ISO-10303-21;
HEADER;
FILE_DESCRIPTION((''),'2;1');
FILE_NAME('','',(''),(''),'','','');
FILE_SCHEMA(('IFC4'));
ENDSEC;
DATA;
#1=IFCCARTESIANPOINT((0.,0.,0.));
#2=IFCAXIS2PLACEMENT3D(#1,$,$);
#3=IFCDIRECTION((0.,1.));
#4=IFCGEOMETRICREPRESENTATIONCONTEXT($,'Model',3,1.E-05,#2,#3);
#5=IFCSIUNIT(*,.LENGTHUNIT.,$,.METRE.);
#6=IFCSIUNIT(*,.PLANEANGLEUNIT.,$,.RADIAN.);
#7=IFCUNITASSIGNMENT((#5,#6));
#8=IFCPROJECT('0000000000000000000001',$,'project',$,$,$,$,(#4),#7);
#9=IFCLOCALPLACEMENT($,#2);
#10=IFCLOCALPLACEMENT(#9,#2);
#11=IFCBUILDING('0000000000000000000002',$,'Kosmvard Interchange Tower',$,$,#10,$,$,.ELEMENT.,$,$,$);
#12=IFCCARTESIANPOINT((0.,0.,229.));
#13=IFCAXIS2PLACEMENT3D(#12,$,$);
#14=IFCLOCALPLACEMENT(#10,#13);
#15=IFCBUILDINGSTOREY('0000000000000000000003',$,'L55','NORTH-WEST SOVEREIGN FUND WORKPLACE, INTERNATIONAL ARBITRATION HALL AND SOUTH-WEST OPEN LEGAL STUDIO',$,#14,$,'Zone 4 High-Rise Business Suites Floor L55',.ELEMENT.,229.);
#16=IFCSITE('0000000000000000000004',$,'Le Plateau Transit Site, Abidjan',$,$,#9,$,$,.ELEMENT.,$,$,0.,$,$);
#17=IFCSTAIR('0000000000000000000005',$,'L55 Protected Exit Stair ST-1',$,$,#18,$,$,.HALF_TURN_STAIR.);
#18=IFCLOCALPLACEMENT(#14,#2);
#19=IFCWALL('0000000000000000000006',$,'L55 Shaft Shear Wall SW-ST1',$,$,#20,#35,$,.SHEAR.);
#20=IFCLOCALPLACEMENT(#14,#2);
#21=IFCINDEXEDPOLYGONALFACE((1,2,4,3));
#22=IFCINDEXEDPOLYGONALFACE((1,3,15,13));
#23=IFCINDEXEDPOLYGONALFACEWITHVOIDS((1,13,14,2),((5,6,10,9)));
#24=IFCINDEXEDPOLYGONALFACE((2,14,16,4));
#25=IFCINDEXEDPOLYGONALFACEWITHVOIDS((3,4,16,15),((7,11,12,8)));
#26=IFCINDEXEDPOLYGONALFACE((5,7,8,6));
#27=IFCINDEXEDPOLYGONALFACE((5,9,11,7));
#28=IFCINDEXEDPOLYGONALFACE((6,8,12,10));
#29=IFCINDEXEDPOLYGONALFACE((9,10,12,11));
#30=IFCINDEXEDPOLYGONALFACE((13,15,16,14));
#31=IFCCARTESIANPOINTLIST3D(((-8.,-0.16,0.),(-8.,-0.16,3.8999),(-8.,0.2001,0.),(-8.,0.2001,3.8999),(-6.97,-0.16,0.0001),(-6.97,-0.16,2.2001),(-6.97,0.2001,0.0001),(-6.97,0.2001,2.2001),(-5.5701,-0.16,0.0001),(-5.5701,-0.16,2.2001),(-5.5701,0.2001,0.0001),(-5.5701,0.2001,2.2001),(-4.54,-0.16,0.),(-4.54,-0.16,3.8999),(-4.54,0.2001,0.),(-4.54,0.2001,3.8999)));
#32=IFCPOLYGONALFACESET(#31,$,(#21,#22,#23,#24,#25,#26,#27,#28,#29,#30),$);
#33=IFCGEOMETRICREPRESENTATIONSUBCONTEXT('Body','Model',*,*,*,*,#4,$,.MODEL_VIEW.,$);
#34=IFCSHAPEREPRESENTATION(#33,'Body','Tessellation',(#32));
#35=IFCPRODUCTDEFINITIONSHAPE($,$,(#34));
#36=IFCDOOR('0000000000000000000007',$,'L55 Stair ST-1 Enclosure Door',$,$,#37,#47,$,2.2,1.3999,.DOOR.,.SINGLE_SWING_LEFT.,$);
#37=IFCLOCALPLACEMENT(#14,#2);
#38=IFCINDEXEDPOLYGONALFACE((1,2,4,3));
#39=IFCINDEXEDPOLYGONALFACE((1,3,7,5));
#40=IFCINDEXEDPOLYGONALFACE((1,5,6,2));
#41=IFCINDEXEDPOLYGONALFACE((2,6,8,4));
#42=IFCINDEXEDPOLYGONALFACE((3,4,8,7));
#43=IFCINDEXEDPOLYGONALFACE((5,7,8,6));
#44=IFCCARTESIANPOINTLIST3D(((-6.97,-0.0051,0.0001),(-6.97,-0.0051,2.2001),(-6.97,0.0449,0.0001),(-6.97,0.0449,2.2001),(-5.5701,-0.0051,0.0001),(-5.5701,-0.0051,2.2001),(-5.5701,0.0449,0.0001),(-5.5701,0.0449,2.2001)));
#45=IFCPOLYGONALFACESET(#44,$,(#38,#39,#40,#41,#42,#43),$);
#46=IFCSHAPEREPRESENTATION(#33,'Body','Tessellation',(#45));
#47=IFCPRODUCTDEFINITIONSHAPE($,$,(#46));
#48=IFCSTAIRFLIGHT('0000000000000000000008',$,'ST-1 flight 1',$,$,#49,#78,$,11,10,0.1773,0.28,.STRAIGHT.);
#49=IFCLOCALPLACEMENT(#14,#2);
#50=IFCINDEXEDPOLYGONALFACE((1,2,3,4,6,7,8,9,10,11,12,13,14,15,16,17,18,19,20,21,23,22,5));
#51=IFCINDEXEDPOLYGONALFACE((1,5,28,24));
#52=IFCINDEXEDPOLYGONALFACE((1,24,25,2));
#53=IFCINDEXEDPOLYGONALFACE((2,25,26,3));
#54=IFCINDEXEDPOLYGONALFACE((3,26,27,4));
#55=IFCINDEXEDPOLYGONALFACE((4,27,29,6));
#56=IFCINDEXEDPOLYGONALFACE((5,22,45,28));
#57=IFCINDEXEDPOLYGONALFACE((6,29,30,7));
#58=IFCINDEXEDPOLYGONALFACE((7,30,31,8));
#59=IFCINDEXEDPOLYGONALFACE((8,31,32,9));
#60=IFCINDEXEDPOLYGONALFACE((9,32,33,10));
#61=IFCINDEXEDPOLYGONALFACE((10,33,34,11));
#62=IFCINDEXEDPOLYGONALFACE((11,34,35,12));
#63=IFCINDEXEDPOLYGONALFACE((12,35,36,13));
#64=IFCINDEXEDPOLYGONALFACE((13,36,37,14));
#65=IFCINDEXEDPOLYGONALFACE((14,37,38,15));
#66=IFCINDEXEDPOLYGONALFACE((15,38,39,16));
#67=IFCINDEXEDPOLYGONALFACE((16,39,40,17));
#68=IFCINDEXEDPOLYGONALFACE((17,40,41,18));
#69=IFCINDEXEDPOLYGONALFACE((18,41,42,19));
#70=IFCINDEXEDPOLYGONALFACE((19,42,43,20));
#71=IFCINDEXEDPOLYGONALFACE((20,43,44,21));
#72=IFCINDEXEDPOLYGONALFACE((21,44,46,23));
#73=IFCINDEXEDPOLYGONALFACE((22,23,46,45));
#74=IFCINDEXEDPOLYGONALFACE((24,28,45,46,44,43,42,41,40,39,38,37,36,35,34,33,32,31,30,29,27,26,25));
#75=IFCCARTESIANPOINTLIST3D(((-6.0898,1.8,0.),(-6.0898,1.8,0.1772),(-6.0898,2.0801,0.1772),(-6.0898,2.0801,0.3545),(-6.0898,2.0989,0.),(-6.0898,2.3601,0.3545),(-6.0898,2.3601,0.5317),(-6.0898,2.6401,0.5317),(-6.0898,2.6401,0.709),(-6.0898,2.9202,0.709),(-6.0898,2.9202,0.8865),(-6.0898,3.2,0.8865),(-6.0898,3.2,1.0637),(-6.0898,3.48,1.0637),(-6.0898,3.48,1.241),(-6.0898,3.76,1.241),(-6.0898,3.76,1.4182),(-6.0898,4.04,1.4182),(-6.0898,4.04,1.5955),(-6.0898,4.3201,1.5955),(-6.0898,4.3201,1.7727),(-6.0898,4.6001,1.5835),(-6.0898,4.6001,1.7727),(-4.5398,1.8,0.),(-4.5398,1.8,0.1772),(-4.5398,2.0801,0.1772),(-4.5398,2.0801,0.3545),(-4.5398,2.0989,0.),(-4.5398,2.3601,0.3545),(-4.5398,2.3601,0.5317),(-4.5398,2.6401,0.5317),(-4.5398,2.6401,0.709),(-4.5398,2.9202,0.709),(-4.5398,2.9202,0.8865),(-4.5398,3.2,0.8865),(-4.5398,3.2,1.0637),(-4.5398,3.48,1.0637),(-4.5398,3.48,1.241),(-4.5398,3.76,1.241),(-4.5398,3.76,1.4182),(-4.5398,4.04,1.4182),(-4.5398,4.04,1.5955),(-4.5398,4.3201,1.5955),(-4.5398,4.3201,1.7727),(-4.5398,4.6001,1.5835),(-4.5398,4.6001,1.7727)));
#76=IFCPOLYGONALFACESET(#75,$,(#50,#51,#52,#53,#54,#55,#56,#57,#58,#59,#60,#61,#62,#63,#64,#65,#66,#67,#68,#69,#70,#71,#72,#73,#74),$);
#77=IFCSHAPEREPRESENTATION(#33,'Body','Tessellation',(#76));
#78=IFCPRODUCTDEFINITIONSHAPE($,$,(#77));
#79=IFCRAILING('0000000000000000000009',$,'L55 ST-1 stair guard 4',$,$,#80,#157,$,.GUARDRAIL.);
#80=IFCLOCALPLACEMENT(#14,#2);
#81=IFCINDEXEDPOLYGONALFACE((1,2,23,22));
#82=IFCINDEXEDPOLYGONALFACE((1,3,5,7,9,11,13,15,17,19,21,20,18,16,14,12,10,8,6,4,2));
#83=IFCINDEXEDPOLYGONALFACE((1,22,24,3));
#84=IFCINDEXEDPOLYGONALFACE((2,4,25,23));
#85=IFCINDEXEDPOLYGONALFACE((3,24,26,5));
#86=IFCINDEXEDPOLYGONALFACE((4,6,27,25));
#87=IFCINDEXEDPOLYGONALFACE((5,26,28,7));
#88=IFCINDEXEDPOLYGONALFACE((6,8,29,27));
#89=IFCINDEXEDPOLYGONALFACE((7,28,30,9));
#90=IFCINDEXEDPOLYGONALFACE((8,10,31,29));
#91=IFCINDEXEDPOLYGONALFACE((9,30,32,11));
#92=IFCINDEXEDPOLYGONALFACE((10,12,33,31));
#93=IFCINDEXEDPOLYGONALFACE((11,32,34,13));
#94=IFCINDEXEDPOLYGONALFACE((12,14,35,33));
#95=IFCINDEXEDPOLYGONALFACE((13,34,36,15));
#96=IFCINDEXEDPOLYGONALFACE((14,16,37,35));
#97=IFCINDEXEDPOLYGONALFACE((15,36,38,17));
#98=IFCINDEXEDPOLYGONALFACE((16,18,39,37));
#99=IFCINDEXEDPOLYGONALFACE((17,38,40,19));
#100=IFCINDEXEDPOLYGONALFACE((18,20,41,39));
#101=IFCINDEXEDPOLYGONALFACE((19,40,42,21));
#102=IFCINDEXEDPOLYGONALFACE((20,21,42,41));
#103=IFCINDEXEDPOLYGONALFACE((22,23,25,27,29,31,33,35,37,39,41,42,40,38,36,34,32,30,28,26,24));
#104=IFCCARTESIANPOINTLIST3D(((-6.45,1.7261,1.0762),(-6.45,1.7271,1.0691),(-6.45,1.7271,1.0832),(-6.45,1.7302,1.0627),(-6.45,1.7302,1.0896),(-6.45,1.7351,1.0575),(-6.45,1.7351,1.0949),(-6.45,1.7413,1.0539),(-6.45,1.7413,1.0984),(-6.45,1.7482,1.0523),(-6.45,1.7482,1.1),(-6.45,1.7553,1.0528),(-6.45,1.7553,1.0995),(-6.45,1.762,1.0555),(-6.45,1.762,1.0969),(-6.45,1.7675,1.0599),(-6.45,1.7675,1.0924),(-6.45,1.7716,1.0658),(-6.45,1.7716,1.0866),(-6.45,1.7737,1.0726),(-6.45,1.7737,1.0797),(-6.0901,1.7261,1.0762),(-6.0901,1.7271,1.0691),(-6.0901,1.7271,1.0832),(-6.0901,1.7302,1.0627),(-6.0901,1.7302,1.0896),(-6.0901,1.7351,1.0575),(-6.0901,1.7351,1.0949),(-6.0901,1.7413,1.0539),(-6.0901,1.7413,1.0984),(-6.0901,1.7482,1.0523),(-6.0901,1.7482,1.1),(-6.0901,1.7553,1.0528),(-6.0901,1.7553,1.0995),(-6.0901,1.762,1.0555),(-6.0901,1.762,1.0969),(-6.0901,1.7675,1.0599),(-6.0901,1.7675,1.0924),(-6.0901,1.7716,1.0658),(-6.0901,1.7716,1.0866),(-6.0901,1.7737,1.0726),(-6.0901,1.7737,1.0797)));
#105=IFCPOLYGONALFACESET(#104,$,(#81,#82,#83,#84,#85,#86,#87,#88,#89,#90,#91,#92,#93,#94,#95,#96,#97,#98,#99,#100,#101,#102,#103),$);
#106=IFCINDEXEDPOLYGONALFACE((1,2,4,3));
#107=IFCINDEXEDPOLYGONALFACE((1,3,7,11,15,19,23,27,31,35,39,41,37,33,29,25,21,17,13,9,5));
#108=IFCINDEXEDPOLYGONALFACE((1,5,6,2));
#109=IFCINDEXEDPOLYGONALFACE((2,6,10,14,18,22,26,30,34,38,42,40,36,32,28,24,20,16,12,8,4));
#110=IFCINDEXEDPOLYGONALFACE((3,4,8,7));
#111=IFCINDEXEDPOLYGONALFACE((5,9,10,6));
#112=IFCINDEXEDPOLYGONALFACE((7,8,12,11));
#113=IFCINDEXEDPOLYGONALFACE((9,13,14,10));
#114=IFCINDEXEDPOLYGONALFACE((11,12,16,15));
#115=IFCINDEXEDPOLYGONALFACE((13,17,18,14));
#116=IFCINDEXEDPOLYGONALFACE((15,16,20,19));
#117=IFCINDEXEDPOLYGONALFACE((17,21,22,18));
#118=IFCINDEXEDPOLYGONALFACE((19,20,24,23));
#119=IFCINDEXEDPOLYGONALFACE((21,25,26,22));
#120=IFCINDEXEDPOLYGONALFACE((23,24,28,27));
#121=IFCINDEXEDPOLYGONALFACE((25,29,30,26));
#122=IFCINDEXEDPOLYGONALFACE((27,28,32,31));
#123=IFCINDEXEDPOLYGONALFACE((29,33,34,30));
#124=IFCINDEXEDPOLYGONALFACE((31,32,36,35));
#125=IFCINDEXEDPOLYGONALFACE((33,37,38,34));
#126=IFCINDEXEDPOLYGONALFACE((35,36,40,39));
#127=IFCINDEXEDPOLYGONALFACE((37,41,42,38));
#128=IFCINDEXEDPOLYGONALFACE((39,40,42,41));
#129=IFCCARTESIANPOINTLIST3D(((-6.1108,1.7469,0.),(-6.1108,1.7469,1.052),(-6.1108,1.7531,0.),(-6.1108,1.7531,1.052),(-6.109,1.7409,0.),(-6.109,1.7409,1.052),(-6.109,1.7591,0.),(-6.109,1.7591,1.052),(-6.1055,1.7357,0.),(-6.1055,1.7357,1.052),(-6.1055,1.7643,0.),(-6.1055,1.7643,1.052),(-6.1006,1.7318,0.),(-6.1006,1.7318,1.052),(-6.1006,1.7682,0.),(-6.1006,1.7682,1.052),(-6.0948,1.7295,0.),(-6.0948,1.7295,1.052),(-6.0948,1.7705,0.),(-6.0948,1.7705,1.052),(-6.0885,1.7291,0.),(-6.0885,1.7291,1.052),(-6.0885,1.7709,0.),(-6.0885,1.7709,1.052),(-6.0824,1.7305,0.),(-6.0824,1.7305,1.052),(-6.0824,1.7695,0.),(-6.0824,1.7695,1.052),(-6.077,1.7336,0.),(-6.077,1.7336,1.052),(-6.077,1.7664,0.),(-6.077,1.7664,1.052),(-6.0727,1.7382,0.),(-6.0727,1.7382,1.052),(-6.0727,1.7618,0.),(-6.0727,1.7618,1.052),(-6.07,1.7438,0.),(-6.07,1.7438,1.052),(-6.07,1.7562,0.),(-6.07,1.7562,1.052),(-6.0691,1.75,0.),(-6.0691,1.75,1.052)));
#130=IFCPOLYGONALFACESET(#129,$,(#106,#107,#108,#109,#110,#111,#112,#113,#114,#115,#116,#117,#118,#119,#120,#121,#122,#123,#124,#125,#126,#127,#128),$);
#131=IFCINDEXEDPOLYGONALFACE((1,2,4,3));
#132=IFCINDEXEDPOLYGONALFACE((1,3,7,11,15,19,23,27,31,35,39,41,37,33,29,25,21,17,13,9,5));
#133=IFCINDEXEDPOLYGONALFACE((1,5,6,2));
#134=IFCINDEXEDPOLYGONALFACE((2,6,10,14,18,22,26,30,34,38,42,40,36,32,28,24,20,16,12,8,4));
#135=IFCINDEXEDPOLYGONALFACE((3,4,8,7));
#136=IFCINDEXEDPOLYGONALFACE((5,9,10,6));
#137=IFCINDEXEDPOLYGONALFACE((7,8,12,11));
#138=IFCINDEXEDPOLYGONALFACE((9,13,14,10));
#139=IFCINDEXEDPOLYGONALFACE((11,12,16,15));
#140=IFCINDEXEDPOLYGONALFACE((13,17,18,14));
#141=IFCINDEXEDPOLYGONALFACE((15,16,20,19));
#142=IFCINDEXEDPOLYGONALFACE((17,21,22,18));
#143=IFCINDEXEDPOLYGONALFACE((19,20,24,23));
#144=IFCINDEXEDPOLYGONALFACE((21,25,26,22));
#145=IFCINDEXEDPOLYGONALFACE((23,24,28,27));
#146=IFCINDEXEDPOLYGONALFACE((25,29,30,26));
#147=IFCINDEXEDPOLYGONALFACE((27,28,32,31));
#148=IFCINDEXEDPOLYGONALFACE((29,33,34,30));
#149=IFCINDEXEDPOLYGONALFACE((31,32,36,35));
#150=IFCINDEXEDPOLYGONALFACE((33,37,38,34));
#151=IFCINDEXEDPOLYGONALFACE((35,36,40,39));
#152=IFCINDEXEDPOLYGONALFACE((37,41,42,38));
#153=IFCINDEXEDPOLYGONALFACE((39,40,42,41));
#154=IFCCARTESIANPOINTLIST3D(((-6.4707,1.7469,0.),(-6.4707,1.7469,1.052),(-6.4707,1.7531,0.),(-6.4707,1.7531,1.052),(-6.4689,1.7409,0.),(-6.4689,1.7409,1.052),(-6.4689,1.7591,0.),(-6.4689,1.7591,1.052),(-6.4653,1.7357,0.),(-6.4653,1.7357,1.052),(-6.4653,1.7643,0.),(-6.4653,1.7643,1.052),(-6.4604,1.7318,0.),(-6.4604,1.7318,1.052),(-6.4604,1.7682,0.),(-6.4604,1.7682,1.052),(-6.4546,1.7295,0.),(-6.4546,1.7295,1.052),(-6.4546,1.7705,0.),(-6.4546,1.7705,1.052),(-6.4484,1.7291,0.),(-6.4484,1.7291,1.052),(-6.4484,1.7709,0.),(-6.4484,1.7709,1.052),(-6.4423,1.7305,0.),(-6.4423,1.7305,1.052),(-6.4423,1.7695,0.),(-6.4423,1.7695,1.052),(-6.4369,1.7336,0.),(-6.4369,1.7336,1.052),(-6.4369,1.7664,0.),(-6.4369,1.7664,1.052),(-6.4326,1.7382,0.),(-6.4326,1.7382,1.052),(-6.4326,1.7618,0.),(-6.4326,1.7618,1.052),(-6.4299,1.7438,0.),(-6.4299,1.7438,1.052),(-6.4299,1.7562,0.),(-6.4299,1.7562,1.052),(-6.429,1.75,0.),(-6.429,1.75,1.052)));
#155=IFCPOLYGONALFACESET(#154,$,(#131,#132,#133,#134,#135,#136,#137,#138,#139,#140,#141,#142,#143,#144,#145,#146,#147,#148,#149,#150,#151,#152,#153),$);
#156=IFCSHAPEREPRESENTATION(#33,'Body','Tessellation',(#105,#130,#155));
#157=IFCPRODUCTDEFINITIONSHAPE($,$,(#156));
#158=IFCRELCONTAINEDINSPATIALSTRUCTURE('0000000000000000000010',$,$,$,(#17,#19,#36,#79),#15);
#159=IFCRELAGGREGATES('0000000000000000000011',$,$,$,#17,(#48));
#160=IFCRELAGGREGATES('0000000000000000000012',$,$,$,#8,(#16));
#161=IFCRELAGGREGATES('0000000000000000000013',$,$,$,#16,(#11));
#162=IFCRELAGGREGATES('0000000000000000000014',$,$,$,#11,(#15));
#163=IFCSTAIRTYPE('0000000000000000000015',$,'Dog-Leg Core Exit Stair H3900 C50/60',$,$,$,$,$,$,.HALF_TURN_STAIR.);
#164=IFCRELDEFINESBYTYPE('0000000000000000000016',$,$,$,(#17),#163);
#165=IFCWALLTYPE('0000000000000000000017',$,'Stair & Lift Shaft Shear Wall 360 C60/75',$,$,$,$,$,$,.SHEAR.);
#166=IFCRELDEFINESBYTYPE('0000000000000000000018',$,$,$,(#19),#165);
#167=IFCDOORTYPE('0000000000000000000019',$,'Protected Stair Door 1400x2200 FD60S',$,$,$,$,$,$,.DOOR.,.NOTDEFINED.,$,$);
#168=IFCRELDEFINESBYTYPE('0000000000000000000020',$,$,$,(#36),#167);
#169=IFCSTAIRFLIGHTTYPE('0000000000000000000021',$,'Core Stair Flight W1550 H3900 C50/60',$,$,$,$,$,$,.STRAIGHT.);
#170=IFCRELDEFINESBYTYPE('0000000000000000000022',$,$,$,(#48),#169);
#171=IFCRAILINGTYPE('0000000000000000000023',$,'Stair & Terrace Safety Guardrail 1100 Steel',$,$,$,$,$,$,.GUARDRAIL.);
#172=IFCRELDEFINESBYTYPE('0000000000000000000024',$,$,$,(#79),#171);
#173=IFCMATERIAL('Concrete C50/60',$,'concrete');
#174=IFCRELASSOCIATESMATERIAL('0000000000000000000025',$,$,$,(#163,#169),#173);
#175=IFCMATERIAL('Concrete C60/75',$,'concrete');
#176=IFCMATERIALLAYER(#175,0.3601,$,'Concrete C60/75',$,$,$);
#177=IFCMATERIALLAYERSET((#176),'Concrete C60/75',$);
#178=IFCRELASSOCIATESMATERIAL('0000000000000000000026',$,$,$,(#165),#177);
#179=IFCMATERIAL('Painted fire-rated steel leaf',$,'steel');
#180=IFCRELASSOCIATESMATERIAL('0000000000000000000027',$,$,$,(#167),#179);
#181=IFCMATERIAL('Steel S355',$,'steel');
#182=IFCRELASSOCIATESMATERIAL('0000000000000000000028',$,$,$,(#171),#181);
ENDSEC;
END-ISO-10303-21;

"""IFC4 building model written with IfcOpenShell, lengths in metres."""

from ifc_helpers import new_model, si_unit, direction, frame, frame_2d, origin, origin_2d, place, context, subcontext, project, spatial, polyline, rectangle, circle, outline, extrude, source, transform, mapped, material, layer, layer_set, type_object, element, fill, aggregate, save


model = new_model("IFC4")

# Units and contexts
model_context = context("Model", 3, precision=1e-05, world=origin(), true_north=direction((0.0, 1.0)))
body_context = subcontext(model_context, "Body", "Model", "MODEL_VIEW")
ifc_project = project(units=[si_unit("LENGTHUNIT", "METRE"), si_unit("PLANEANGLEUNIT", "RADIAN")], contexts=[model_context])

# Site, building, storey
site_placement = place(None, origin())
site = spatial("IfcSite", under=ifc_project, at=site_placement, Name="Le Plateau Transit Site, Abidjan", CompositionType="ELEMENT", RefElevation=0.0)
building_placement = place(site_placement, origin())
building = spatial("IfcBuilding", under=site, at=building_placement, Name="Kosmvard Interchange Tower", CompositionType="ELEMENT")
storey_placement = place(building_placement, frame((0.0, 0.0, 229.0)))
storey = spatial("IfcBuildingStorey", under=building, at=storey_placement, Name="L55", Description="NORTH-WEST SOVEREIGN FUND WORKPLACE, INTERNATIONAL ARBITRATION HALL AND SOUTH-WEST OPEN LEGAL STUDIO", LongName="Zone 4 High-Rise Business Suites Floor L55", CompositionType="ELEMENT", Elevation=229.0)

# Shared definitions
ifc_material_1 = material(Name="Concrete C50/60", Category="concrete")

# Stair
stair_type = type_object("IfcStairType", Name="Dog-Leg Core Exit Stair H3900 C50/60", PredefinedType="HALF_TURN_STAIR", material=ifc_material_1)
stair_placement = place(storey_placement, origin())
stair = element("IfcStair", 1, at=stair_placement, inside=storey, type_object=stair_type, Name="L55 Protected Exit Stair ST-1", PredefinedType="HALF_TURN_STAIR")

# Wall, opening, door
ifc_material_2 = material(Name="Concrete C60/75", Category="concrete")
ifc_layer_1 = layer(ifc_material_2, 0.3601, Name="Concrete C60/75")
ifc_layer_set_1 = layer_set([ifc_layer_1], Name="Concrete C60/75")
wall_type_1 = type_object("IfcWallType", Name="Stair & Lift Shaft Shear Wall 360 C60/75", PredefinedType="SHEAR", material=ifc_layer_set_1)
wall_1_placement = place(storey_placement, frame((-8.0, 0.02, 0.0), z_axis=(0.0, 0.0, 1.0), x_axis=(1.0, 0.0, 0.0)))
wall_1 = element("IfcWall", 2, at=wall_1_placement, inside=storey, type_object=wall_type_1, Name="L55 Shaft Shear Wall SW-ST1", PredefinedType="SHEAR", context=body_context, shape_type="SweptSolid", body=[
    extrude(rectangle(XDim=3.46, YDim=0.3601, at=frame_2d((1.73, 0.0))), origin(), (0.0, 0.0, 1.0), 3.8999),
])
opening_placement = place(wall_1_placement, frame((1.03, 0.0, 0.0)))
opening = element("IfcOpeningElement", 3, at=opening_placement, cuts=wall_1, PredefinedType="OPENING", context=body_context, shape_type="SweptSolid", body=[
    extrude(rectangle(XDim=1.3999, YDim=2.2, at=frame_2d((0.7, 1.1001))), frame((0.0, 0.1899, 0.0), z_axis=(0.0, -1.0, 0.0), x_axis=(1.0, 0.0, 0.0)), (0.0, 0.0, 1.0), 0.3801),
])
ifc_material_3 = material(Name="Painted fire-rated steel leaf", Category="steel")
door_type = type_object("IfcDoorType", Name="Protected Stair Door 1400x2200 FD60S", OperationType="NOTDEFINED", PredefinedType="DOOR", material=ifc_material_3)
shared_shape_1 = source(origin(), body_context, "Body", "SweptSolid", [
    extrude(rectangle(XDim=1.3999, YDim=2.2, at=frame_2d((0.7, 1.1001))), frame((0.0, 0.0249, 0.0), z_axis=(0.0, -1.0, 0.0), x_axis=(1.0, 0.0, 0.0)), (0.0, 0.0, 1.0), 0.05),
])
door_placement = place(opening_placement, origin())
door = element("IfcDoor", 4, at=door_placement, inside=storey, type_object=door_type, Name="L55 Stair ST-1 Enclosure Door", OperationType="SINGLE_SWING_LEFT", OverallHeight=2.2, OverallWidth=1.3999, PredefinedType="DOOR", context=body_context, shape_type="MappedRepresentation", body=[
    mapped(shared_shape_1, transform((0.0, 0.0, 0.0), scale=1.0)),
])
fill(opening, door)

# Stair flight
stair_flight_type = type_object("IfcStairFlightType", Name="Core Stair Flight W1550 H3900 C50/60", PredefinedType="STRAIGHT", material=ifc_material_1)
shared_shape_2 = source(origin(), body_context, "Body", "SweptSolid", [
    extrude(outline(polyline([(0.0, 0.0), (0.0, 0.1772), (0.28, 0.1772), (0.28, 0.3545), (0.5601, 0.3545), (0.5601, 0.5317), (0.8401, 0.5317), (0.8401, 0.709), (1.1201, 0.709), (1.1201, 0.8865), (1.3999, 0.8865), (1.3999, 1.0637), (1.6799, 1.0637), (1.6799, 1.241), (1.96, 1.241), (1.96, 1.4182), (2.24, 1.4182), (2.24, 1.5955), (2.52, 1.5955), (2.52, 1.7727), (2.8, 1.7727), (2.8, 1.95), (2.8, 1.5835), (0.2988, 0.0), (0.0, 0.0)])), frame((0.0, 0.7749, 0.0), z_axis=(0.0, -1.0, 0.0), x_axis=(1.0, 0.0, 0.0)), (0.0, 0.0, 1.0), 1.55),
])
stair_flight_placement = place(storey_placement, frame((-5.3149, 1.8, 0.0), z_axis=(0.0, 0.0, 1.0), x_axis=(0.0, 1.0, 0.0)))
stair_flight = element("IfcStairFlight", 5, at=stair_flight_placement, type_object=stair_flight_type, Name="ST-1 flight 1", NumberOfRisers=11, NumberOfTreads=10, PredefinedType="STRAIGHT", RiserHeight=0.1773, TreadLength=0.28, context=body_context, shape_type="MappedRepresentation", body=[
    mapped(shared_shape_2, transform((0.0, 0.0, 0.0), scale=1.0)),
])
aggregate(stair, [stair_flight])

# Railing
ifc_material_4 = material(Name="Steel S355", Category="steel")
railing_type_1 = type_object("IfcRailingType", Name="Stair & Terrace Safety Guardrail 1100 Steel", PredefinedType="GUARDRAIL", material=ifc_material_4)
shared_shape_3 = source(origin(), body_context, "Body", "SweptSolid", [
    extrude(circle(Radius=0.0239, at=origin_2d()), frame((0.0, 0.0, 1.0762), z_axis=(-1.0, 0.0, 0.0), x_axis=(0.0, -1.0, 0.0)), (0.0, 0.0, 1.0), 0.3599),
    extrude(circle(Radius=0.021, at=origin_2d()), origin(), (0.0, 0.0, 1.0), 1.052),
    extrude(circle(Radius=0.021, at=origin_2d()), frame((-0.3599, 0.0, 0.0)), (0.0, 0.0, 1.0), 1.052),
])
railing_1_placement = place(storey_placement, frame((-6.0901, 1.75, 0.0)))
element("IfcRailing", 6, at=railing_1_placement, inside=storey, type_object=railing_type_1, Name="L55 ST-1 stair guard 4", PredefinedType="GUARDRAIL", context=body_context, shape_type="MappedRepresentation", body=[
    mapped(shared_shape_3, transform((0.0, 0.0, 0.0), scale=1.0)),
])

save(model, "model.ifc")
